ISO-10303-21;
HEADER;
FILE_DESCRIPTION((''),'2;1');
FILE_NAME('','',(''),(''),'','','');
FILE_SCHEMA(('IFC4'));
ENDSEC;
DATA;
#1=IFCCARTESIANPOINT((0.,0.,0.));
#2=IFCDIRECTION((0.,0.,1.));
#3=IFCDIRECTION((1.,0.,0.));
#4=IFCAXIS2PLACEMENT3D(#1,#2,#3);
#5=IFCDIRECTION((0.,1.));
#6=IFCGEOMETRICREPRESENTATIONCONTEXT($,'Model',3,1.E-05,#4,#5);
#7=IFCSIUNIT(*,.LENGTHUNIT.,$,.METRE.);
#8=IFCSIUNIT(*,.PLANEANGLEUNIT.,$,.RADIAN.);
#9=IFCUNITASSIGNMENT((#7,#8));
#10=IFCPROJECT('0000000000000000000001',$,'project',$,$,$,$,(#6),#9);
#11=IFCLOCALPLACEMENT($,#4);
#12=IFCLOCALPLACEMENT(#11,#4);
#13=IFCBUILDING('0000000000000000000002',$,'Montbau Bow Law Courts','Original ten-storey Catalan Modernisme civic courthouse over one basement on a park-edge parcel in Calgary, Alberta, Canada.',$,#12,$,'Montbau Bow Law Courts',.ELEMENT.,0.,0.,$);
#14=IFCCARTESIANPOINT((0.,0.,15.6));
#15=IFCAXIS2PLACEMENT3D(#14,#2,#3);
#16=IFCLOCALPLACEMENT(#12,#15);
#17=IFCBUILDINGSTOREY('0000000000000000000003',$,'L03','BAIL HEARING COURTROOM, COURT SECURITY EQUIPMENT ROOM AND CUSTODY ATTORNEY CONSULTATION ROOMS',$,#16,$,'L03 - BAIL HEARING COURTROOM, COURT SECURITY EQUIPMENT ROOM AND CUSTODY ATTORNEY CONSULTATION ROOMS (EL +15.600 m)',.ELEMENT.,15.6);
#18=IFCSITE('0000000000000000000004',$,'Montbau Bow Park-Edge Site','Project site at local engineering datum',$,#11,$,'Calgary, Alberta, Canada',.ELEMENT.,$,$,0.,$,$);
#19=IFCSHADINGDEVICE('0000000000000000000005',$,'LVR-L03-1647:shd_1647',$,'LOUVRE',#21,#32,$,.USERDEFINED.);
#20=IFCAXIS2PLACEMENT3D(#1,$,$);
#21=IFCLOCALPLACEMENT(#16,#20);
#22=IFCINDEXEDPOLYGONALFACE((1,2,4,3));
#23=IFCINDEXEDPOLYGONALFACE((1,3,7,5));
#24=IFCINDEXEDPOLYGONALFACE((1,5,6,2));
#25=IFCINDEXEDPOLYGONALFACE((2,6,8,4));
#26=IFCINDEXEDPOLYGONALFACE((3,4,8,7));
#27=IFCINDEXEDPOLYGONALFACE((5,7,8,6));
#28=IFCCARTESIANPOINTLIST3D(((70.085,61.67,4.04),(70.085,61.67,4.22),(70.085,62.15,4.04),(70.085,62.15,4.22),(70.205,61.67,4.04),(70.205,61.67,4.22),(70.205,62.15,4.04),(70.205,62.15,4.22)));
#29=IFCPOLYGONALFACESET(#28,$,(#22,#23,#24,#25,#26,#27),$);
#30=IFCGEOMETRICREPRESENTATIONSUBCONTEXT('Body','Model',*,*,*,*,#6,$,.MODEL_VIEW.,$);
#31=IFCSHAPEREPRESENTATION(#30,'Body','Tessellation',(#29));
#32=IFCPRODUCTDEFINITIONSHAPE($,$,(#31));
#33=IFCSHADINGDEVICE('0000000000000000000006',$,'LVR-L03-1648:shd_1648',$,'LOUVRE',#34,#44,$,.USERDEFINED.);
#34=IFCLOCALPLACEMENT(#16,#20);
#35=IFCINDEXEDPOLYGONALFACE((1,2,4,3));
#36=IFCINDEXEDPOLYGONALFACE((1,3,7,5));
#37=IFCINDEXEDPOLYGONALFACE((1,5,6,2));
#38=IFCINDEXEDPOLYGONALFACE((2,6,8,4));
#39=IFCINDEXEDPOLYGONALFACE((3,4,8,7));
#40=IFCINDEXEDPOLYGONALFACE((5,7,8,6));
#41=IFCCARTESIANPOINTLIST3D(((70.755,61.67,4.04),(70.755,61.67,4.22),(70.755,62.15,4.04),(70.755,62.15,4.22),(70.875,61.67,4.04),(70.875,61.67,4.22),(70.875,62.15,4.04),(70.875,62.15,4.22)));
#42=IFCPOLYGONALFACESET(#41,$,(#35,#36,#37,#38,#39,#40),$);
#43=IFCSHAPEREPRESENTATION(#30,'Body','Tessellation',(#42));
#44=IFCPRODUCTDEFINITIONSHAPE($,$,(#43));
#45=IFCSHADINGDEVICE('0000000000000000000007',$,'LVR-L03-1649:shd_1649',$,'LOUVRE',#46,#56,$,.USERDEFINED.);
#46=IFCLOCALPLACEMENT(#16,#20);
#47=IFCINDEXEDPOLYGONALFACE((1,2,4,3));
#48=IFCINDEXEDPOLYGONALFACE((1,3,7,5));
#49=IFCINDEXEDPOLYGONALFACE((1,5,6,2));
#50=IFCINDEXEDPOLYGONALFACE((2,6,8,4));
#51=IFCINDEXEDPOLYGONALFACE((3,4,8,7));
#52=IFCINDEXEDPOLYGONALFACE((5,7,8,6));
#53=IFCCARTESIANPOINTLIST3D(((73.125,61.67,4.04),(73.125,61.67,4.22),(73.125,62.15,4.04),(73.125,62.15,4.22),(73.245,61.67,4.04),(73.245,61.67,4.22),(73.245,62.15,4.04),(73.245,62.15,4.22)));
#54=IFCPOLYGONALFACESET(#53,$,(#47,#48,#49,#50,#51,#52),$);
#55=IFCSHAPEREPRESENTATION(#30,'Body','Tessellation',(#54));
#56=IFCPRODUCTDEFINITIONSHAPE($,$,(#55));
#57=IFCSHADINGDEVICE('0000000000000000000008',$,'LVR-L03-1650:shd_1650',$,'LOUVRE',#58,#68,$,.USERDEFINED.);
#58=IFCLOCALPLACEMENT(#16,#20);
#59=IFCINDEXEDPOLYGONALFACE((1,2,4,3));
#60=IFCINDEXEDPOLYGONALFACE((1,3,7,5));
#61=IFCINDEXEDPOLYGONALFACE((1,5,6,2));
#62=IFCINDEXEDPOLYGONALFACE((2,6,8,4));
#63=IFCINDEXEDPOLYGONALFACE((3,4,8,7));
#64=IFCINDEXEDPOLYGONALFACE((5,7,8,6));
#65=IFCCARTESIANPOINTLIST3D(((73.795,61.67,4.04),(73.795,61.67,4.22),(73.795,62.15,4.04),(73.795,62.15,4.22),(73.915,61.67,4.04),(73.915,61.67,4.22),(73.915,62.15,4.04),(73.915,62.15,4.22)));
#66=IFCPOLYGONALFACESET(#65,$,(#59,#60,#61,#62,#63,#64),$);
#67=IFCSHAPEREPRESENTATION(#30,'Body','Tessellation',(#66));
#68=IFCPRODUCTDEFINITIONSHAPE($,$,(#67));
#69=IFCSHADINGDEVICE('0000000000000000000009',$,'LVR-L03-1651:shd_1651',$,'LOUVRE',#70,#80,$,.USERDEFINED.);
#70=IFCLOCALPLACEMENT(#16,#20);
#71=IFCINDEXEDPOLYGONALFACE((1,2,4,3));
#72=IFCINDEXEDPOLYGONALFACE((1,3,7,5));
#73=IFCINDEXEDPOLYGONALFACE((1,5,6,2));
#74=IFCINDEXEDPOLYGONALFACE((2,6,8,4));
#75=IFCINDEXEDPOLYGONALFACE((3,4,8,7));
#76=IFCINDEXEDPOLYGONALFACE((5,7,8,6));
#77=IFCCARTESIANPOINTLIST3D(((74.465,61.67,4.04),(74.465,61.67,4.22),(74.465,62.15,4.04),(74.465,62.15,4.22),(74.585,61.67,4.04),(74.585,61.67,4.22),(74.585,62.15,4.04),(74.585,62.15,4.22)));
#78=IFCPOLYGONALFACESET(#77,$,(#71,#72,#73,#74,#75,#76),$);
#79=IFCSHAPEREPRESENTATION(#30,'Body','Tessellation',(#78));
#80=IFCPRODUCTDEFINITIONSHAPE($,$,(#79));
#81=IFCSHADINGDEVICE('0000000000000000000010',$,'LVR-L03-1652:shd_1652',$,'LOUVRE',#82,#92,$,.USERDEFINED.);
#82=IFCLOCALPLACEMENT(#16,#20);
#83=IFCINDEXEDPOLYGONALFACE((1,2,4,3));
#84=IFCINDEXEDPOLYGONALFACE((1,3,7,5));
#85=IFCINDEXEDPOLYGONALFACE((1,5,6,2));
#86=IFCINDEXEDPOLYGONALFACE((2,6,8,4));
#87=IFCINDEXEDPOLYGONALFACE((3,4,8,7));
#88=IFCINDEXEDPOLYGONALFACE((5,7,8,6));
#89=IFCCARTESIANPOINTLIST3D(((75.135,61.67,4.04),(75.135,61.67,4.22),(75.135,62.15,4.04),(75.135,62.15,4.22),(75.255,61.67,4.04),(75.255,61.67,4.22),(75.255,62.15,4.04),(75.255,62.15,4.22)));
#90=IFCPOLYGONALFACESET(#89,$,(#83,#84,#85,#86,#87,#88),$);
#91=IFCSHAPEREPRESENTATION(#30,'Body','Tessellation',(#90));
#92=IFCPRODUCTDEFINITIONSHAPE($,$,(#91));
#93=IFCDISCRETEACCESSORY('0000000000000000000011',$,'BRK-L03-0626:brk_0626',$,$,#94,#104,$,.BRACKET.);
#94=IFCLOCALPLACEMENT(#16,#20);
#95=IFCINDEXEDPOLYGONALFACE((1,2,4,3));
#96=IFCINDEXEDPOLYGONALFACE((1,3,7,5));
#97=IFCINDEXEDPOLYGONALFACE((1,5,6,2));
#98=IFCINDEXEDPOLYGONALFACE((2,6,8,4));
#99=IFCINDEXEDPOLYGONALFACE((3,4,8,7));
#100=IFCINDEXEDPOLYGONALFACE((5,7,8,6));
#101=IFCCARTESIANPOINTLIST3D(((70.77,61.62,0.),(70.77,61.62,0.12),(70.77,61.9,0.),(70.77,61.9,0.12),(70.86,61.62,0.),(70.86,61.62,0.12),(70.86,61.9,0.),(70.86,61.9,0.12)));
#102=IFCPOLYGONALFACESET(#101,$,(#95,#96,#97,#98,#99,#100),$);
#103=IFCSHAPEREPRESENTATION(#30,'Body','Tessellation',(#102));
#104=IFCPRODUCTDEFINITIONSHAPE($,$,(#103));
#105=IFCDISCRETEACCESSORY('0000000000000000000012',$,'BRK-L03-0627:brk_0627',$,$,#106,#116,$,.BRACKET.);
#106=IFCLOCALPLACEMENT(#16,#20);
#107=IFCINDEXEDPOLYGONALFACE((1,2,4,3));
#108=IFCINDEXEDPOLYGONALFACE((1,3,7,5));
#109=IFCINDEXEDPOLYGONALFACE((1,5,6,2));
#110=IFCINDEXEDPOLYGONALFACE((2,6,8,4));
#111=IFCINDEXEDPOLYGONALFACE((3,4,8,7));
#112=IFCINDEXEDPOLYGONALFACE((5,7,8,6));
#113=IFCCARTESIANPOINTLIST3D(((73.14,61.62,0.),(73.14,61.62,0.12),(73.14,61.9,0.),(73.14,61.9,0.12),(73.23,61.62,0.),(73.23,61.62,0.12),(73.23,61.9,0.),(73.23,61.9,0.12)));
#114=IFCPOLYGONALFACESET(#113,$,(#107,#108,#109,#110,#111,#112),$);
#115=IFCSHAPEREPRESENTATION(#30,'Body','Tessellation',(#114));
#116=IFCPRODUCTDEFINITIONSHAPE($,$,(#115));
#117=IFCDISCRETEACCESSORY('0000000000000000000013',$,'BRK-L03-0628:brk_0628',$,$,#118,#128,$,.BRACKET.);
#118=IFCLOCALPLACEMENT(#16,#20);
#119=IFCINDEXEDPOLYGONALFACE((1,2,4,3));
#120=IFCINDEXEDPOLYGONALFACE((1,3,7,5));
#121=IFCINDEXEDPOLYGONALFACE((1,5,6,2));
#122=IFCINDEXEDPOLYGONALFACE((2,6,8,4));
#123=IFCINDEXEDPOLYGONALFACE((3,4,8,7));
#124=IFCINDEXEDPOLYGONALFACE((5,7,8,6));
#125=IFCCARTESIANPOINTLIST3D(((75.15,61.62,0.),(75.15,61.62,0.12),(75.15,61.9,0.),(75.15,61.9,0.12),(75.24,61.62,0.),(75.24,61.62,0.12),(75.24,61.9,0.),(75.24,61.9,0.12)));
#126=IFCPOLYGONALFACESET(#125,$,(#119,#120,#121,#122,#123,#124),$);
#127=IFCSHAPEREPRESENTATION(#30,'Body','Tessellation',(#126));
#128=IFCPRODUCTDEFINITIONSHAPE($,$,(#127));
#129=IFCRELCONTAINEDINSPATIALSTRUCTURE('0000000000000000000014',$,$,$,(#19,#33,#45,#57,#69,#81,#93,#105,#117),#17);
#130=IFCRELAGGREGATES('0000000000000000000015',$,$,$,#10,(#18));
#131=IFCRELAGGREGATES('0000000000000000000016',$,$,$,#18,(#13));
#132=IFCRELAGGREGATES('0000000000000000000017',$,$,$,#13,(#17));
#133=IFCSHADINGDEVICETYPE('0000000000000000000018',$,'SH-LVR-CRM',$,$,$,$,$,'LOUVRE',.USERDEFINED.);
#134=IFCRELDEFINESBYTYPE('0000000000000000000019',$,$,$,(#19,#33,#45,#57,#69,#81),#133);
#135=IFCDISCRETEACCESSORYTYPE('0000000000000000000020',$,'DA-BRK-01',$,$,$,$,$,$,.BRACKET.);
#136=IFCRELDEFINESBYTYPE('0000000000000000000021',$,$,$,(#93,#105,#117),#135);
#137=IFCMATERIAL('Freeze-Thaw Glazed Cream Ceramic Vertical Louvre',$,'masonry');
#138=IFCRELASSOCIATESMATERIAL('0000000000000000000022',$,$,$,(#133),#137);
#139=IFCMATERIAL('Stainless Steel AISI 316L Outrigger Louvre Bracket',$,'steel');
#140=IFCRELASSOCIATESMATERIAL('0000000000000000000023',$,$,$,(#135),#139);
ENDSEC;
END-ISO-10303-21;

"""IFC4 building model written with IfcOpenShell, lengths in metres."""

from ifc_helpers import new_model, si_unit, direction, frame, origin_with_axes, origin_2d_with_axis, place, context, subcontext, project, spatial, rectangle, extrude, material, type_object, element, save


model = new_model("IFC4")

# Units and contexts
model_context = context("Model", 3, precision=1e-05, world=origin_with_axes(), true_north=direction((0.0, 1.0)))
body_context = subcontext(model_context, "Body", "Model", "MODEL_VIEW")
ifc_project = project(units=[si_unit("LENGTHUNIT", "METRE"), si_unit("PLANEANGLEUNIT", "RADIAN")], contexts=[model_context])

# Site, building, storey
site_placement = place(None, origin_with_axes())
site = spatial("IfcSite", under=ifc_project, at=site_placement, Name="Montbau Bow Park-Edge Site", Description="Project site at local engineering datum", LongName="Calgary, Alberta, Canada", CompositionType="ELEMENT", RefElevation=0.0)
building_placement = place(site_placement, origin_with_axes())
building = spatial("IfcBuilding", under=site, at=building_placement, Name="Montbau Bow Law Courts", Description="Original ten-storey Catalan Modernisme civic courthouse over one basement on a park-edge parcel in Calgary, Alberta, Canada.", LongName="Montbau Bow Law Courts", CompositionType="ELEMENT", ElevationOfRefHeight=0.0, ElevationOfTerrain=0.0)
storey_placement = place(building_placement, frame((0.0, 0.0, 15.6), z_axis=(0.0, 0.0, 1.0), x_axis=(1.0, 0.0, 0.0)))
storey = spatial("IfcBuildingStorey", under=building, at=storey_placement, Name="L03", Description="BAIL HEARING COURTROOM, COURT SECURITY EQUIPMENT ROOM AND CUSTODY ATTORNEY CONSULTATION ROOMS", LongName="L03 - BAIL HEARING COURTROOM, COURT SECURITY EQUIPMENT ROOM AND CUSTODY ATTORNEY CONSULTATION ROOMS (EL +15.600 m)", CompositionType="ELEMENT", Elevation=15.6)

# Shading devices
ifc_material_1 = material(Name="Freeze-Thaw Glazed Cream Ceramic Vertical Louvre", Category="masonry")
shading_device_type = type_object("IfcShadingDeviceType", Name="SH-LVR-CRM", ElementType="LOUVRE", PredefinedType="USERDEFINED", material=ifc_material_1)
for number, where, z_axis, x_axis, name in (
    (1, (70.145, 61.91, 19.64), (0.0, 0.0, 1.0), (0.0, 1.0, 0.0), "LVR-L03-1647:shd_1647"),
    (2, (70.815, 61.91, 19.64), (0.0, 0.0, 1.0), (0.0, 1.0, 0.0), "LVR-L03-1648:shd_1648"),
    (3, (73.185, 61.91, 19.64), (0.0, 0.0, 1.0), (0.0, 1.0, 0.0), "LVR-L03-1649:shd_1649"),
    (4, (73.855, 61.91, 19.64), (0.0, 0.0, 1.0), (0.0, 1.0, 0.0), "LVR-L03-1650:shd_1650"),
    (5, (74.525, 61.91, 19.64), (0.0, 0.0, 1.0), (0.0, 1.0, 0.0), "LVR-L03-1651:shd_1651"),
    (6, (75.195, 61.91, 19.64), (0.0, 0.0, 1.0), (0.0, 1.0, 0.0), "LVR-L03-1652:shd_1652"),
):
    element("IfcShadingDevice", number, at=place(None, frame(where, z_axis=z_axis, x_axis=x_axis)), inside=storey, type_object=shading_device_type, Name=name, ObjectType="LOUVRE", PredefinedType="USERDEFINED", context=body_context, shape_type="SweptSolid", body=[
        extrude(rectangle(XDim=0.48, YDim=0.12, at=origin_2d_with_axis()), origin_with_axes(), (0.0, 0.0, 1.0), 0.18),
    ])

# Discrete accessories
ifc_material_2 = material(Name="Stainless Steel AISI 316L Outrigger Louvre Bracket", Category="steel")
discrete_accessory_type = type_object("IfcDiscreteAccessoryType", Name="DA-BRK-01", PredefinedType="BRACKET", material=ifc_material_2)
for number, where, z_axis, x_axis, name in (
    (7, (70.815, 61.76, 15.6), (0.0, 0.0, 1.0), (0.0, 1.0, 0.0), "BRK-L03-0626:brk_0626"),
    (8, (73.185, 61.76, 15.6), (0.0, 0.0, 1.0), (0.0, 1.0, 0.0), "BRK-L03-0627:brk_0627"),
    (9, (75.195, 61.76, 15.6), (0.0, 0.0, 1.0), (0.0, 1.0, 0.0), "BRK-L03-0628:brk_0628"),
):
    element("IfcDiscreteAccessory", number, at=place(None, frame(where, z_axis=z_axis, x_axis=x_axis)), inside=storey, type_object=discrete_accessory_type, Name=name, PredefinedType="BRACKET", context=body_context, shape_type="SweptSolid", body=[
        extrude(rectangle(XDim=0.28, YDim=0.09, at=origin_2d_with_axis()), origin_with_axes(), (0.0, 0.0, 1.0), 0.12),
    ])

save(model, "model.ifc")
